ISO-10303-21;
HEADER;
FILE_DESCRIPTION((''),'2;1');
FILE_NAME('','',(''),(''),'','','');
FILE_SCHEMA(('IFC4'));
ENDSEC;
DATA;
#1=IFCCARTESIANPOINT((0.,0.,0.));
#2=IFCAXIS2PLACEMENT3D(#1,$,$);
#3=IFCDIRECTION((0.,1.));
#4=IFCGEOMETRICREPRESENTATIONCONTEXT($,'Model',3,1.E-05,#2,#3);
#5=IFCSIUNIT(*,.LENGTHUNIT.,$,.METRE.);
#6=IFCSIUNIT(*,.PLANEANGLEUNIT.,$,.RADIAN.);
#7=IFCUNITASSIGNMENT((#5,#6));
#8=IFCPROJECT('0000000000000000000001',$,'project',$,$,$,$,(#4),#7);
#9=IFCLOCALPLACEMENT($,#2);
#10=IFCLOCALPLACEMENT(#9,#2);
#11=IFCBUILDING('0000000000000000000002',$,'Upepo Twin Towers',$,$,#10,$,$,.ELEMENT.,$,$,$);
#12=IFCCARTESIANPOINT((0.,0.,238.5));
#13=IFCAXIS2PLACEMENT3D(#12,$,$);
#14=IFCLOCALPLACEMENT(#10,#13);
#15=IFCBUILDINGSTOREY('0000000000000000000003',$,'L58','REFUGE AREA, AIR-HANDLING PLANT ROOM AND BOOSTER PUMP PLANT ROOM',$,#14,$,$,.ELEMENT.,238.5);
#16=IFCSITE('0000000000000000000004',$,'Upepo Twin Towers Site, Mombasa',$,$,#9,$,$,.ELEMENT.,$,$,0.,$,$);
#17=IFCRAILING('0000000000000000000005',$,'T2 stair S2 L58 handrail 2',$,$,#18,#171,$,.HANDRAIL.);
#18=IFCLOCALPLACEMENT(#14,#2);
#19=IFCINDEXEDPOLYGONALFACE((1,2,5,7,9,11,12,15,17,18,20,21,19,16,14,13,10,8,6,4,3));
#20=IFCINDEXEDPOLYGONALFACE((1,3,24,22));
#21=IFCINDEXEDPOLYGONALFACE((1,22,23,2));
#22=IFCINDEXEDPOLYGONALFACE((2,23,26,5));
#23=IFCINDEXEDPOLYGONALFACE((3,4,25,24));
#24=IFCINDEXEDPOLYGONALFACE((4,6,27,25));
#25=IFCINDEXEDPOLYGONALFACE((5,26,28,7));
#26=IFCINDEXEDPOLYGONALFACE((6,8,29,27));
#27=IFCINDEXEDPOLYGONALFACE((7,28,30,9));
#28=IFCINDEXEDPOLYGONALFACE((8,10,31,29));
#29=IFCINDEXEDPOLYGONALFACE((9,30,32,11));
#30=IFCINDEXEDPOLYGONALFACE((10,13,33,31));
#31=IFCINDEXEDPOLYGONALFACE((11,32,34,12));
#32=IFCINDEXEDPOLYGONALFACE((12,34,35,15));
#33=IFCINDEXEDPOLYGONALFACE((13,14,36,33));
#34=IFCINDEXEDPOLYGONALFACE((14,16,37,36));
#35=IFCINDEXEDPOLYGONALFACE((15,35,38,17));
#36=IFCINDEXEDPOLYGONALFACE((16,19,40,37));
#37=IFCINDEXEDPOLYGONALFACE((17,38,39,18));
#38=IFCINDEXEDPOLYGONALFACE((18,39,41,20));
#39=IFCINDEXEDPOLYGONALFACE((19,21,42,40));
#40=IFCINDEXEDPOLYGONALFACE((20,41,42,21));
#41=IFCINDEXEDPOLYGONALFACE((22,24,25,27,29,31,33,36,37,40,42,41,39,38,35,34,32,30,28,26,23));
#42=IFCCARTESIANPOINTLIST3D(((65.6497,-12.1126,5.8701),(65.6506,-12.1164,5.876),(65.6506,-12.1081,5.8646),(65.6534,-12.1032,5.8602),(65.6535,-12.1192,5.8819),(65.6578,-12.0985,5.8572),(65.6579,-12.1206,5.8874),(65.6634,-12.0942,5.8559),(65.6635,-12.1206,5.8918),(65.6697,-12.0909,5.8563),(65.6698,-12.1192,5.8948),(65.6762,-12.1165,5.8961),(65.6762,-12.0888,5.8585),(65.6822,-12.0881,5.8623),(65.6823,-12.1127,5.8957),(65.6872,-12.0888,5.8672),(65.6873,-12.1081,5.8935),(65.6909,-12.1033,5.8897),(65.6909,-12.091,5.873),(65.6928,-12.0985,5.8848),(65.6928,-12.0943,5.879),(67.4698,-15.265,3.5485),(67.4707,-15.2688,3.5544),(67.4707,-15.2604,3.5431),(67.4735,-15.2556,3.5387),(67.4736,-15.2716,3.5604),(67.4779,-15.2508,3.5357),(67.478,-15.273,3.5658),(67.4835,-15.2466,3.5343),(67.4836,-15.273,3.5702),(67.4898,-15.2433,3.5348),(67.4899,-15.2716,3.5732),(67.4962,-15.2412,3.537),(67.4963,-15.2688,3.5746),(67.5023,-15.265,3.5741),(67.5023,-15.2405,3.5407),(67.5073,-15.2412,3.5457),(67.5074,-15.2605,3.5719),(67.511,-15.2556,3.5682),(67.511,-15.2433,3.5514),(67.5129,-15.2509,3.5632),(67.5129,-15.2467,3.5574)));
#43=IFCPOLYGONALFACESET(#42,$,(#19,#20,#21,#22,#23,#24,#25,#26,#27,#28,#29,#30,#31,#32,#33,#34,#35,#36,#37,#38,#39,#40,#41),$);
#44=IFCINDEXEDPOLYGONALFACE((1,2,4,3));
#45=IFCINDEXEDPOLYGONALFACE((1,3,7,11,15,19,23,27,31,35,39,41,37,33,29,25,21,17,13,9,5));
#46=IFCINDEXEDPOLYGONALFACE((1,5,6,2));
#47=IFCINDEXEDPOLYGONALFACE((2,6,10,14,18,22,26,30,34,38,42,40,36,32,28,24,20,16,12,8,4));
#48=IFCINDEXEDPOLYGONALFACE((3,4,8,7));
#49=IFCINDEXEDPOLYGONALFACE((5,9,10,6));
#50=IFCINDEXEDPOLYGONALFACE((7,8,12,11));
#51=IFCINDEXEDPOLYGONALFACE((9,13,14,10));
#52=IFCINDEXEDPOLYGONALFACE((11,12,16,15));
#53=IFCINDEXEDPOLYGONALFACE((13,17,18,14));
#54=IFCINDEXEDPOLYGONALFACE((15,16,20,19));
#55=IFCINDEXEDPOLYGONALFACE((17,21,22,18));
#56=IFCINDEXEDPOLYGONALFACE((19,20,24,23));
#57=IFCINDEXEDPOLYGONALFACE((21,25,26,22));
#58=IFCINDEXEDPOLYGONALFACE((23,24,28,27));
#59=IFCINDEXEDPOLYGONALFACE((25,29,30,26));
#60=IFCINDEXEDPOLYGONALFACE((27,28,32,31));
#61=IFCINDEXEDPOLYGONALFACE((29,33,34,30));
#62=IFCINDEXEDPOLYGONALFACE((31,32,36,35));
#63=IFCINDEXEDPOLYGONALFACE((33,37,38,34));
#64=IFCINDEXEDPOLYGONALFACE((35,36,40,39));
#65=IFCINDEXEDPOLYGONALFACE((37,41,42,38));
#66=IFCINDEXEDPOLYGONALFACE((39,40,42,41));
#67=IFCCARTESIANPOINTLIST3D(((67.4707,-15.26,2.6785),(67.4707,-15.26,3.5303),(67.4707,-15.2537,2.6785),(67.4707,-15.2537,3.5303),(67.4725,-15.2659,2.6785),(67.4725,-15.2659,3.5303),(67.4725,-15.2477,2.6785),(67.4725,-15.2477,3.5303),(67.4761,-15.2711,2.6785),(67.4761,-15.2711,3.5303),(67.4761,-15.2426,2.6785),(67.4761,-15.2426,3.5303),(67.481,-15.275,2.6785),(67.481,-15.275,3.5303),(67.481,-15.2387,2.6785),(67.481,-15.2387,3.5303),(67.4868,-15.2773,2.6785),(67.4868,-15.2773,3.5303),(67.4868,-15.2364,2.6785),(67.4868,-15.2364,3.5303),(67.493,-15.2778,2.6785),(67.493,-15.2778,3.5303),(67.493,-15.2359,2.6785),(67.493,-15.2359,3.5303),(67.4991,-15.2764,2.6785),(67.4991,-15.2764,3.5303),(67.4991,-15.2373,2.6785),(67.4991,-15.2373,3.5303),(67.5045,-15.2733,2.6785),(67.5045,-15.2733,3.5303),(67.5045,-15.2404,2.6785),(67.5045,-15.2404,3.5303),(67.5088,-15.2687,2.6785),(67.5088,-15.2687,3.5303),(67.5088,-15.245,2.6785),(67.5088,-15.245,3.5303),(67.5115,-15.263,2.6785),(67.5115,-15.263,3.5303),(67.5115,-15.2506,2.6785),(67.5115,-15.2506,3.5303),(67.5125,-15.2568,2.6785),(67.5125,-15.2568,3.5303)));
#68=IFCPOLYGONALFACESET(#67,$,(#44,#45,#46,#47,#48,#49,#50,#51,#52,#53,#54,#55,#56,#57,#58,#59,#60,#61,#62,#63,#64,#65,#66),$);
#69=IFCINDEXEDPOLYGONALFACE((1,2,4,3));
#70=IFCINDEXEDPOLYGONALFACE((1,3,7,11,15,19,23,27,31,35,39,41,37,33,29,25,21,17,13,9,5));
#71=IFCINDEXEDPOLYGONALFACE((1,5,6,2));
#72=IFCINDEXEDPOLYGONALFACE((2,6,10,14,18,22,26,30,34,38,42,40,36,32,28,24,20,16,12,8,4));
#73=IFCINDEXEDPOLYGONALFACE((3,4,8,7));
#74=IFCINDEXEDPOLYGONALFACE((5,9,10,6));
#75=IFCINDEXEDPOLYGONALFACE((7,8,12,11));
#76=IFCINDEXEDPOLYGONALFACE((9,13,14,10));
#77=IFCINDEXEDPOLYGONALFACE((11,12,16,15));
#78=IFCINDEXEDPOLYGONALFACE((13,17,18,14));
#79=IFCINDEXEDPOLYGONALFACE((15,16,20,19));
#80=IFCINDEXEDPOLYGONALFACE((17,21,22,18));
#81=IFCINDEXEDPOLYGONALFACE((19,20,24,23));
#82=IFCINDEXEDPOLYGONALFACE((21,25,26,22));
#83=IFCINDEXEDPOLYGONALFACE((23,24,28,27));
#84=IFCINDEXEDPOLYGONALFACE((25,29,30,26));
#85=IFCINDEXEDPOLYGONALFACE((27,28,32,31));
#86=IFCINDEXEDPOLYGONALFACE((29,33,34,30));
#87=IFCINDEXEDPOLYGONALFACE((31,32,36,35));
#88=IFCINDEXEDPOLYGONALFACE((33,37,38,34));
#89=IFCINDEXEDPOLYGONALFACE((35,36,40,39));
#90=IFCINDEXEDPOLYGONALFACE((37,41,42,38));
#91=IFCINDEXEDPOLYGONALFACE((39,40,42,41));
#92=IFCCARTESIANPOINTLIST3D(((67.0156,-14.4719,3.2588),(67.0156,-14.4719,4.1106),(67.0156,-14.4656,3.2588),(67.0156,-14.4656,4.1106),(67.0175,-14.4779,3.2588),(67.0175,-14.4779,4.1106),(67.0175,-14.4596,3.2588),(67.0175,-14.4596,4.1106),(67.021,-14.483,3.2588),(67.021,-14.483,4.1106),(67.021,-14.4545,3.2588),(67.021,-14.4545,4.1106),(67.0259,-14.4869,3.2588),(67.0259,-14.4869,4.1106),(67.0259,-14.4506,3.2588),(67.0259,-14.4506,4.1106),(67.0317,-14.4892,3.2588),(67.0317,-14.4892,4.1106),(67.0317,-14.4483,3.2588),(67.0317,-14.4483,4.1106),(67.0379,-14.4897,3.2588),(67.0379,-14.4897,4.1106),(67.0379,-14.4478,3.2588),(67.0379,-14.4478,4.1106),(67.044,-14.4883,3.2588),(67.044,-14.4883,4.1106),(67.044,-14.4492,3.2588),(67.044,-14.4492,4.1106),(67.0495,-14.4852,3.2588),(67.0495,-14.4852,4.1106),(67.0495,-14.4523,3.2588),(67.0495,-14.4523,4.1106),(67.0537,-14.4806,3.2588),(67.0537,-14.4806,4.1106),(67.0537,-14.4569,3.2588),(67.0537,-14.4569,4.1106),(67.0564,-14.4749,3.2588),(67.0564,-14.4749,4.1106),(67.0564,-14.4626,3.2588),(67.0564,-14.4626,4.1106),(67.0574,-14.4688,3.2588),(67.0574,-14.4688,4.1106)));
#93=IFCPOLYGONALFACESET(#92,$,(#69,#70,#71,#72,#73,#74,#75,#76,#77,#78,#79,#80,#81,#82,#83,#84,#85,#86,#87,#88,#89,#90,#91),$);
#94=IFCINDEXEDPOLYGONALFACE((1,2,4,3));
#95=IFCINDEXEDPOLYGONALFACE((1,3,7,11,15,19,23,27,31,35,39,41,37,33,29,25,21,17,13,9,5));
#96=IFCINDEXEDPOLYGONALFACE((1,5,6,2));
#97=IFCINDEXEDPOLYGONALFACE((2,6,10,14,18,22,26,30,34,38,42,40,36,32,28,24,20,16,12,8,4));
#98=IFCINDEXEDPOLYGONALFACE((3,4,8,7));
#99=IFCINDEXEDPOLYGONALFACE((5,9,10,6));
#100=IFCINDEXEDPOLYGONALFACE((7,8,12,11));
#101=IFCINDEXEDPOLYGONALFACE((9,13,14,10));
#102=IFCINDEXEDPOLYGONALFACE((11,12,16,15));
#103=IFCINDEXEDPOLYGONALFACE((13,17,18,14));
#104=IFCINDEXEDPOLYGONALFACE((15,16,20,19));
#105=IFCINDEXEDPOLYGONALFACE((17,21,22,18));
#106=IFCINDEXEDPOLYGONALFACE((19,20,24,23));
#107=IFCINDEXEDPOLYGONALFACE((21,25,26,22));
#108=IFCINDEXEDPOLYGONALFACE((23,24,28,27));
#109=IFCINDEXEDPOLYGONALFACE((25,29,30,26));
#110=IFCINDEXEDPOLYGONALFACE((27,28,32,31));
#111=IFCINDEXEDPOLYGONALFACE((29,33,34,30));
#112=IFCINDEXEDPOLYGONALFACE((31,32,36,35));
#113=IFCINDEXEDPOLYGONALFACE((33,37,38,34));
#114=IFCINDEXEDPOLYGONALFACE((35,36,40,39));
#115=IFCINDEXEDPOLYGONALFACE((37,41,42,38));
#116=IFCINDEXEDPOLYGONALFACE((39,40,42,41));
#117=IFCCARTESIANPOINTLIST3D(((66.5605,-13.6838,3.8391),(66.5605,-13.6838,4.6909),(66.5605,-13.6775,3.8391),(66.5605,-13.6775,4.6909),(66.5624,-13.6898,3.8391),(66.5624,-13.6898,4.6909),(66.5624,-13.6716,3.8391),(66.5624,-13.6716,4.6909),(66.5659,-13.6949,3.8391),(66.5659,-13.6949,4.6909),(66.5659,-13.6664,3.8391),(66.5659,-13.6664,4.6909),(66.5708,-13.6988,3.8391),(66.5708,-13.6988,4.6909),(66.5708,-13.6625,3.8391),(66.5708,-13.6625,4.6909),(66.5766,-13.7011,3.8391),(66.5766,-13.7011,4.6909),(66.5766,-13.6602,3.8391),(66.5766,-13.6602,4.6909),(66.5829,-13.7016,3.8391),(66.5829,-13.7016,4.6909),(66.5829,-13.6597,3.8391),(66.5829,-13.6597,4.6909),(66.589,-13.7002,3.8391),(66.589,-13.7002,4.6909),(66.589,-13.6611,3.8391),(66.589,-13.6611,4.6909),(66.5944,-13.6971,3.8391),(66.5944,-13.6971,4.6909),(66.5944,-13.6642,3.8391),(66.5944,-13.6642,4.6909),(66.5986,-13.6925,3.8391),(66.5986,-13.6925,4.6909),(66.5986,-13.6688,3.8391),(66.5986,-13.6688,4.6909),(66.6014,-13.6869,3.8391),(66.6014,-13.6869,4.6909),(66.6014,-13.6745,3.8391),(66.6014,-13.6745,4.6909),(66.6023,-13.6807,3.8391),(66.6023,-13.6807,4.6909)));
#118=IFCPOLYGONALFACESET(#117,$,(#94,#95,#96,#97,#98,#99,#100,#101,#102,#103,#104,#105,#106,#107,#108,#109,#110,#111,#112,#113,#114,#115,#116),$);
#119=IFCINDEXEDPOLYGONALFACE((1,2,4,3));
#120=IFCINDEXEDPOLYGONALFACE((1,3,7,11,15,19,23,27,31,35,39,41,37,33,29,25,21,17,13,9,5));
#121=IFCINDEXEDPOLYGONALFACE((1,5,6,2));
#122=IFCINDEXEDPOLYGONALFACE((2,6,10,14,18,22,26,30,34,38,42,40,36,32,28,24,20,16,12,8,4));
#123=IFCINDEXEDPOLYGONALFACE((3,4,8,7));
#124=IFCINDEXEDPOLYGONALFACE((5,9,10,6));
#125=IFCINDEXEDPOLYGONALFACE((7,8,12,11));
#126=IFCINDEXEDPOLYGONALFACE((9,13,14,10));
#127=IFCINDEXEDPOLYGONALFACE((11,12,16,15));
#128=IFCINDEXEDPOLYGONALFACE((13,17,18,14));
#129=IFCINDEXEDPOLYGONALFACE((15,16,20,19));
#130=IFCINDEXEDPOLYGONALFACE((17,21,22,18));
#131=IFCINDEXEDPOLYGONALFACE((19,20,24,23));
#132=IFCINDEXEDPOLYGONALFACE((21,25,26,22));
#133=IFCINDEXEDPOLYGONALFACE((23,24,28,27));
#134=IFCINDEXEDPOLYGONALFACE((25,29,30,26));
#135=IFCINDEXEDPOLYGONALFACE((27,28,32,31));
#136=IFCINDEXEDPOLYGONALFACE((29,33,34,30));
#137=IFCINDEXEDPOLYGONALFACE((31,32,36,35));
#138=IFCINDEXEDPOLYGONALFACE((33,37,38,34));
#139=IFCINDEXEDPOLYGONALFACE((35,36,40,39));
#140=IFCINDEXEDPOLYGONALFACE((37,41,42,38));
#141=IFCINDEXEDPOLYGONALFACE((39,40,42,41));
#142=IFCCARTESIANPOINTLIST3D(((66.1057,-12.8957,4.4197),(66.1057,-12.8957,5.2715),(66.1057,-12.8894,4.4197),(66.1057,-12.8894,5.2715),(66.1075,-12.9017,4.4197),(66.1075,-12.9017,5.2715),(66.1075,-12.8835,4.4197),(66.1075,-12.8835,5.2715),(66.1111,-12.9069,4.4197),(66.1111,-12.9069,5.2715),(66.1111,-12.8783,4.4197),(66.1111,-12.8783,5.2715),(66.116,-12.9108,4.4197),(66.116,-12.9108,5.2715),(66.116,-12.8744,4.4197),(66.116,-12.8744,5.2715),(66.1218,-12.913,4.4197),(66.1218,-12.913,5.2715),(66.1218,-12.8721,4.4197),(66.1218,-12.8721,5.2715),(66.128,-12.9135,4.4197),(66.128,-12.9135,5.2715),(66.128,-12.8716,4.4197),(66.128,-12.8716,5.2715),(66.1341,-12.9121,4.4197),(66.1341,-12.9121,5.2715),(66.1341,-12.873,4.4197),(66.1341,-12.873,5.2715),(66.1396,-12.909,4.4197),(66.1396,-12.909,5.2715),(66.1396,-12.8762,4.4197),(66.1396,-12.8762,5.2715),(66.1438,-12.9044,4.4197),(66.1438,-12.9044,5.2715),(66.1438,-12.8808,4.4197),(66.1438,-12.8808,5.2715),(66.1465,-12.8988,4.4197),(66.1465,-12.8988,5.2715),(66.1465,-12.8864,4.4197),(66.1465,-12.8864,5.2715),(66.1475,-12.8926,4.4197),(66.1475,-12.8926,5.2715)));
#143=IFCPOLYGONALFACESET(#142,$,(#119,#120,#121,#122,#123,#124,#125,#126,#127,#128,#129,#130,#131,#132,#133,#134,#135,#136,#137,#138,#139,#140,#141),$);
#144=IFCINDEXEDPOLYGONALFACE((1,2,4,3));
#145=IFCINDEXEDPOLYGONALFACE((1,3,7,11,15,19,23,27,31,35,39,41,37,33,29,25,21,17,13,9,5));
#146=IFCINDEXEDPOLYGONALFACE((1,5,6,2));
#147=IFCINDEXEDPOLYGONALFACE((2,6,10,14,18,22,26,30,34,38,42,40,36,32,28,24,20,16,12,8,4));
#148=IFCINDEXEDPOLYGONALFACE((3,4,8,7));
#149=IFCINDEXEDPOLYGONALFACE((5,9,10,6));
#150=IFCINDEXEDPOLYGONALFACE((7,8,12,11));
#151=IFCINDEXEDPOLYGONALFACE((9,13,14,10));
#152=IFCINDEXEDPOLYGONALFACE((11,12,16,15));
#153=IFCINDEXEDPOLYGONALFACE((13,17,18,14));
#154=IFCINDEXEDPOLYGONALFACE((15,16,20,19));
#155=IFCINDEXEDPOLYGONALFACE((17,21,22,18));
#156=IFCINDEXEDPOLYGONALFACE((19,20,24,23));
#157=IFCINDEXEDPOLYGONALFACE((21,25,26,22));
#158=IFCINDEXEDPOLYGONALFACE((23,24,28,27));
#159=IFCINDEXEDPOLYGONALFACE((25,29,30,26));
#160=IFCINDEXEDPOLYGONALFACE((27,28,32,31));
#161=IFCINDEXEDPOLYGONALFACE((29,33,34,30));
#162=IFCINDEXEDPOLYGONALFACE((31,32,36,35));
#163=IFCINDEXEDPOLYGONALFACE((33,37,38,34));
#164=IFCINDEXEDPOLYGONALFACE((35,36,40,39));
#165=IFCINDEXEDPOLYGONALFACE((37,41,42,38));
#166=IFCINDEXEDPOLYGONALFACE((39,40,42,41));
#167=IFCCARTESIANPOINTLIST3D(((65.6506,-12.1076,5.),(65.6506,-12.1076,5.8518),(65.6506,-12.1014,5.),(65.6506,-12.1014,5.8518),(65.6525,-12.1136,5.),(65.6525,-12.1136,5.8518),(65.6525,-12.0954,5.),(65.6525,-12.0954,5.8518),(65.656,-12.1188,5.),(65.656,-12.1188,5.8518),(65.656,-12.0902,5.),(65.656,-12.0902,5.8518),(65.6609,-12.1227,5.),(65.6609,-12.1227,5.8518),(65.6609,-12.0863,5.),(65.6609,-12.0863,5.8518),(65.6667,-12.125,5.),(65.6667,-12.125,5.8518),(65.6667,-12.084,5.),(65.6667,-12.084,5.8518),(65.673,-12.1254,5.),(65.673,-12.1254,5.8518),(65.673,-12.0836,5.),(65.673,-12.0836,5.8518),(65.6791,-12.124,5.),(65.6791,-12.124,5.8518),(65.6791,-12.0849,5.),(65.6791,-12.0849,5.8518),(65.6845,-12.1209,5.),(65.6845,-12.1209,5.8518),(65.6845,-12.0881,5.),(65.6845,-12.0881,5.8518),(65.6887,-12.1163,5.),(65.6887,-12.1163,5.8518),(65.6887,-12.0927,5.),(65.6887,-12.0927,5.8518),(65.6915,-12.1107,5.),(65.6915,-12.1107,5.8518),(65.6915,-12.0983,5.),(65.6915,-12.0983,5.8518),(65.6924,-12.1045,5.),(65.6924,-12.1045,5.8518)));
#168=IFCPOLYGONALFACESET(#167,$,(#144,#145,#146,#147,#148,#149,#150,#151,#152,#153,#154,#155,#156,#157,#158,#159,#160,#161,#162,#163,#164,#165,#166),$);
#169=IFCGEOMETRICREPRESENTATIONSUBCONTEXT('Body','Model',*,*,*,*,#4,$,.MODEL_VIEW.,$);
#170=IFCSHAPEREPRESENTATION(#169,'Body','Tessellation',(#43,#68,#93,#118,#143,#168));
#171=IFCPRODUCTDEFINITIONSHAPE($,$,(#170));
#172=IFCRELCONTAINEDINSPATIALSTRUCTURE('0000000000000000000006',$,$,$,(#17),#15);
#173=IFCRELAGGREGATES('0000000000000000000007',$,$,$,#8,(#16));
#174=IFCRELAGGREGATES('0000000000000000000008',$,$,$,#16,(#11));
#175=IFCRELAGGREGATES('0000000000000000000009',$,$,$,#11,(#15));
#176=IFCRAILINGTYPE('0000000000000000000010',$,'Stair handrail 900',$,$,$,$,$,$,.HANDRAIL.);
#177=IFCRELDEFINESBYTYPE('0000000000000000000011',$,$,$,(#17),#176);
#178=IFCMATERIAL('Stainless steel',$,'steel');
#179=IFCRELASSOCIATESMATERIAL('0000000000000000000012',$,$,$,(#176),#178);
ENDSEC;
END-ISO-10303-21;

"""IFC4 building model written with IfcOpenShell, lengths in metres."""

from ifc_helpers import new_model, si_unit, direction, frame, origin, origin_2d, place, context, subcontext, project, spatial, circle, extrude, material, type_object, element, save


model = new_model("IFC4")

# Units and contexts
model_context = context("Model", 3, precision=1e-05, world=origin(), true_north=direction((0.0, 1.0)))
body_context = subcontext(model_context, "Body", "Model", "MODEL_VIEW")
ifc_project = project(units=[si_unit("LENGTHUNIT", "METRE"), si_unit("PLANEANGLEUNIT", "RADIAN")], contexts=[model_context])

# Site, building, storey
site_placement = place(None, origin())
site = spatial("IfcSite", under=ifc_project, at=site_placement, Name="Upepo Twin Towers Site, Mombasa", CompositionType="ELEMENT", RefElevation=0.0)
building_placement = place(site_placement, origin())
building = spatial("IfcBuilding", under=site, at=building_placement, Name="Upepo Twin Towers", CompositionType="ELEMENT")
storey_placement = place(building_placement, frame((0.0, 0.0, 238.5)))
storey = spatial("IfcBuildingStorey", under=building, at=storey_placement, Name="L58", Description="REFUGE AREA, AIR-HANDLING PLANT ROOM AND BOOSTER PUMP PLANT ROOM", CompositionType="ELEMENT", Elevation=238.5)

# Railing
ifc_material_1 = material(Name="Stainless steel", Category="steel")
railing_type_1 = type_object("IfcRailingType", Name="Stair handrail 900", PredefinedType="HANDRAIL", material=ifc_material_1)
railing_1_placement = place(storey_placement, frame((67.4915, -15.2568, 2.6785)))
element("IfcRailing", 1, at=railing_1_placement, inside=storey, type_object=railing_type_1, Name="T2 stair S2 L58 handrail 2", PredefinedType="HANDRAIL", context=body_context, shape_type="SweptSolid", body=[
    extrude(circle(Radius=0.0239, at=origin_2d()), frame((0.0, 0.0, 0.876), z_axis=(-0.421572, 0.730159, 0.537723), x_axis=(-0.866018, -0.500013, 0.0)), (0.0, 0.0, 1.0), 4.3174),
    extrude(circle(Radius=0.021, at=origin_2d()), origin(), (0.0, 0.0, 1.0), 0.8518),
    extrude(circle(Radius=0.021, at=origin_2d()), frame((-0.4551, 0.7881, 0.5803)), (0.0, 0.0, 1.0), 0.8518),
    extrude(circle(Radius=0.021, at=origin_2d()), frame((-0.9102, 1.5762, 1.1606)), (0.0, 0.0, 1.0), 0.8518),
    extrude(circle(Radius=0.021, at=origin_2d()), frame((-1.365, 2.3643, 1.7412)), (0.0, 0.0, 1.0), 0.8518),
    extrude(circle(Radius=0.021, at=origin_2d()), frame((-1.8201, 3.1523, 2.3215)), (0.0, 0.0, 1.0), 0.8518),
])

save(model, "model.ifc")
